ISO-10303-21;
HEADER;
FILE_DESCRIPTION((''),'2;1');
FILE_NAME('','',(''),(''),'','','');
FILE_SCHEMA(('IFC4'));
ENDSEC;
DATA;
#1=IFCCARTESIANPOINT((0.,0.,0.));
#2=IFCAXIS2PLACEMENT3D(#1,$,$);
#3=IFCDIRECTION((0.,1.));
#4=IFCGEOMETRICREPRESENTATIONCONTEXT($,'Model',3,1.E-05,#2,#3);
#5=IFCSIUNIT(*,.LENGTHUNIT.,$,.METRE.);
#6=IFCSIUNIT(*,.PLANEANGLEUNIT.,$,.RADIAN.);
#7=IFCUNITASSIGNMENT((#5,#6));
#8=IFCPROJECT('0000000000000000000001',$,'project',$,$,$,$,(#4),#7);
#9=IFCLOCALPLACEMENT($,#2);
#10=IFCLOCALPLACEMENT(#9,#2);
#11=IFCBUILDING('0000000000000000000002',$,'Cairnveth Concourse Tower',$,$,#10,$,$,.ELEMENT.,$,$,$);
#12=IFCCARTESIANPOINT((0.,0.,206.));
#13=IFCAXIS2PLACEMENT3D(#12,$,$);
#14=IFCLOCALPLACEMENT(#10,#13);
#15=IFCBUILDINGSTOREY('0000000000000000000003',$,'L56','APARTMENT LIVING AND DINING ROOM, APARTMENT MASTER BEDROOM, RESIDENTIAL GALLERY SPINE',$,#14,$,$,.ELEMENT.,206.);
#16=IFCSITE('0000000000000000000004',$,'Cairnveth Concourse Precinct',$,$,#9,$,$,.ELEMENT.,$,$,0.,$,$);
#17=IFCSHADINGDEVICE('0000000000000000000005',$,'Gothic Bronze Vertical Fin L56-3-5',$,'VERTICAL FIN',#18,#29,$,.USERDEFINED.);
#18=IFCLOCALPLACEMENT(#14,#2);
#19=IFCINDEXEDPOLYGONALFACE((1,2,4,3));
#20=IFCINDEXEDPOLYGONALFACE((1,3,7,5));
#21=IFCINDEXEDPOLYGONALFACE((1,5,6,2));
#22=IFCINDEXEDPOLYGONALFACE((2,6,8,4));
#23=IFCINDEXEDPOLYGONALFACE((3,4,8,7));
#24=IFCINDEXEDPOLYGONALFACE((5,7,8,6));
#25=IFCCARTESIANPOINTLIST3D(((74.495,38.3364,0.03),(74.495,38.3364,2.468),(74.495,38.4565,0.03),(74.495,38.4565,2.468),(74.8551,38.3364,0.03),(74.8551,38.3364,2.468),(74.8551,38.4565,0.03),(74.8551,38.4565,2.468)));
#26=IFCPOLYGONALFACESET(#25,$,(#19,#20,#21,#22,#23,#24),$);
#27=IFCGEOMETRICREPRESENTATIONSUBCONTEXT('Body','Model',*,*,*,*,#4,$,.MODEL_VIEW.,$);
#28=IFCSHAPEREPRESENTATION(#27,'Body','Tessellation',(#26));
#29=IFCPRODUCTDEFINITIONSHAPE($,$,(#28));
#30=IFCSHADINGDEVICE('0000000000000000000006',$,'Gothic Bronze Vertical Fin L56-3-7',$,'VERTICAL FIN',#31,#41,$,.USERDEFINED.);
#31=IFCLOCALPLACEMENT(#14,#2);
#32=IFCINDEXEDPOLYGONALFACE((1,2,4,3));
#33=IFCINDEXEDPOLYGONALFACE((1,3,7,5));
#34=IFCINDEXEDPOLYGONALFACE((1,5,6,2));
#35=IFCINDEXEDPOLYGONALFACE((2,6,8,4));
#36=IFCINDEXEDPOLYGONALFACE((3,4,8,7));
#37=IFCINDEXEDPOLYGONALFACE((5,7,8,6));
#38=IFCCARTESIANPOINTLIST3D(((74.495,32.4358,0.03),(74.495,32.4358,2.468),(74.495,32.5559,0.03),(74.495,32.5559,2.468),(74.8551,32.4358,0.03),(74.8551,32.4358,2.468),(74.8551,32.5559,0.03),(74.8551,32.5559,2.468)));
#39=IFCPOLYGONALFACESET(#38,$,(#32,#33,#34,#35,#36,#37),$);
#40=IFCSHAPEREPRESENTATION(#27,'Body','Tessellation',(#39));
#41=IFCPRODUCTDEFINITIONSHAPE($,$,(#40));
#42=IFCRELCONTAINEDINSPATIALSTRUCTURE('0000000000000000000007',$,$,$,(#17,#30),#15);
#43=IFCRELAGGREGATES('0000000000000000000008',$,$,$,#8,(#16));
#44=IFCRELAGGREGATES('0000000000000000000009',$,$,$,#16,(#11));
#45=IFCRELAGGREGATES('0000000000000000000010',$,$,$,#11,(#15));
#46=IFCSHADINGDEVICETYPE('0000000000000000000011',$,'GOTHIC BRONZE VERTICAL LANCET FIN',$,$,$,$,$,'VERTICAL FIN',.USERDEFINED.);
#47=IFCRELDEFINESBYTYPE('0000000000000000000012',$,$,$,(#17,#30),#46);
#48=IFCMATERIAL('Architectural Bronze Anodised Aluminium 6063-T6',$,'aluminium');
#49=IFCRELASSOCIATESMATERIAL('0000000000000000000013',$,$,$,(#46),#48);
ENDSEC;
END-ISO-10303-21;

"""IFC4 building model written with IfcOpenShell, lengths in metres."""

from ifc_helpers import new_model, si_unit, direction, frame, origin, origin_2d, place, context, subcontext, project, spatial, rectangle, extrude, material, type_object, element, save


model = new_model("IFC4")

# Units and contexts
model_context = context("Model", 3, precision=1e-05, world=origin(), true_north=direction((0.0, 1.0)))
body_context = subcontext(model_context, "Body", "Model", "MODEL_VIEW")
ifc_project = project(units=[si_unit("LENGTHUNIT", "METRE"), si_unit("PLANEANGLEUNIT", "RADIAN")], contexts=[model_context])

# Site, building, storey
site_placement = place(None, origin())
site = spatial("IfcSite", under=ifc_project, at=site_placement, Name="Cairnveth Concourse Precinct", CompositionType="ELEMENT", RefElevation=0.0)
building_placement = place(site_placement, origin())
building = spatial("IfcBuilding", under=site, at=building_placement, Name="Cairnveth Concourse Tower", CompositionType="ELEMENT")
storey_placement = place(building_placement, frame((0.0, 0.0, 206.0)))
storey = spatial("IfcBuildingStorey", under=building, at=storey_placement, Name="L56", Description="APARTMENT LIVING AND DINING ROOM, APARTMENT MASTER BEDROOM, RESIDENTIAL GALLERY SPINE", CompositionType="ELEMENT", Elevation=206.0)

# Shading devices
ifc_material_1 = material(Name="Architectural Bronze Anodised Aluminium 6063-T6", Category="aluminium")
shading_device_type = type_object("IfcShadingDeviceType", Name="GOTHIC BRONZE VERTICAL LANCET FIN", ElementType="VERTICAL FIN", PredefinedType="USERDEFINED", material=ifc_material_1)
for number, where, z_axis, x_axis, name in (
    (1, (74.675, 38.3965, 0.03), (0.0, 0.0, 1.0), (0.0, 1.0, 0.0), "Gothic Bronze Vertical Fin L56-3-5"),
    (2, (74.675, 32.4958, 0.03), (0.0, 0.0, 1.0), (0.0, 1.0, 0.0), "Gothic Bronze Vertical Fin L56-3-7"),
):
    element("IfcShadingDevice", number, at=place(storey_placement, frame(where, z_axis=z_axis, x_axis=x_axis)), inside=storey, type_object=shading_device_type, Name=name, ObjectType="VERTICAL FIN", PredefinedType="USERDEFINED", context=body_context, shape_type="SweptSolid", body=[
        extrude(rectangle(XDim=0.1201, YDim=0.3601, at=origin_2d()), origin(), (0.0, 0.0, 1.0), 2.438),
    ])

save(model, "model.ifc")
